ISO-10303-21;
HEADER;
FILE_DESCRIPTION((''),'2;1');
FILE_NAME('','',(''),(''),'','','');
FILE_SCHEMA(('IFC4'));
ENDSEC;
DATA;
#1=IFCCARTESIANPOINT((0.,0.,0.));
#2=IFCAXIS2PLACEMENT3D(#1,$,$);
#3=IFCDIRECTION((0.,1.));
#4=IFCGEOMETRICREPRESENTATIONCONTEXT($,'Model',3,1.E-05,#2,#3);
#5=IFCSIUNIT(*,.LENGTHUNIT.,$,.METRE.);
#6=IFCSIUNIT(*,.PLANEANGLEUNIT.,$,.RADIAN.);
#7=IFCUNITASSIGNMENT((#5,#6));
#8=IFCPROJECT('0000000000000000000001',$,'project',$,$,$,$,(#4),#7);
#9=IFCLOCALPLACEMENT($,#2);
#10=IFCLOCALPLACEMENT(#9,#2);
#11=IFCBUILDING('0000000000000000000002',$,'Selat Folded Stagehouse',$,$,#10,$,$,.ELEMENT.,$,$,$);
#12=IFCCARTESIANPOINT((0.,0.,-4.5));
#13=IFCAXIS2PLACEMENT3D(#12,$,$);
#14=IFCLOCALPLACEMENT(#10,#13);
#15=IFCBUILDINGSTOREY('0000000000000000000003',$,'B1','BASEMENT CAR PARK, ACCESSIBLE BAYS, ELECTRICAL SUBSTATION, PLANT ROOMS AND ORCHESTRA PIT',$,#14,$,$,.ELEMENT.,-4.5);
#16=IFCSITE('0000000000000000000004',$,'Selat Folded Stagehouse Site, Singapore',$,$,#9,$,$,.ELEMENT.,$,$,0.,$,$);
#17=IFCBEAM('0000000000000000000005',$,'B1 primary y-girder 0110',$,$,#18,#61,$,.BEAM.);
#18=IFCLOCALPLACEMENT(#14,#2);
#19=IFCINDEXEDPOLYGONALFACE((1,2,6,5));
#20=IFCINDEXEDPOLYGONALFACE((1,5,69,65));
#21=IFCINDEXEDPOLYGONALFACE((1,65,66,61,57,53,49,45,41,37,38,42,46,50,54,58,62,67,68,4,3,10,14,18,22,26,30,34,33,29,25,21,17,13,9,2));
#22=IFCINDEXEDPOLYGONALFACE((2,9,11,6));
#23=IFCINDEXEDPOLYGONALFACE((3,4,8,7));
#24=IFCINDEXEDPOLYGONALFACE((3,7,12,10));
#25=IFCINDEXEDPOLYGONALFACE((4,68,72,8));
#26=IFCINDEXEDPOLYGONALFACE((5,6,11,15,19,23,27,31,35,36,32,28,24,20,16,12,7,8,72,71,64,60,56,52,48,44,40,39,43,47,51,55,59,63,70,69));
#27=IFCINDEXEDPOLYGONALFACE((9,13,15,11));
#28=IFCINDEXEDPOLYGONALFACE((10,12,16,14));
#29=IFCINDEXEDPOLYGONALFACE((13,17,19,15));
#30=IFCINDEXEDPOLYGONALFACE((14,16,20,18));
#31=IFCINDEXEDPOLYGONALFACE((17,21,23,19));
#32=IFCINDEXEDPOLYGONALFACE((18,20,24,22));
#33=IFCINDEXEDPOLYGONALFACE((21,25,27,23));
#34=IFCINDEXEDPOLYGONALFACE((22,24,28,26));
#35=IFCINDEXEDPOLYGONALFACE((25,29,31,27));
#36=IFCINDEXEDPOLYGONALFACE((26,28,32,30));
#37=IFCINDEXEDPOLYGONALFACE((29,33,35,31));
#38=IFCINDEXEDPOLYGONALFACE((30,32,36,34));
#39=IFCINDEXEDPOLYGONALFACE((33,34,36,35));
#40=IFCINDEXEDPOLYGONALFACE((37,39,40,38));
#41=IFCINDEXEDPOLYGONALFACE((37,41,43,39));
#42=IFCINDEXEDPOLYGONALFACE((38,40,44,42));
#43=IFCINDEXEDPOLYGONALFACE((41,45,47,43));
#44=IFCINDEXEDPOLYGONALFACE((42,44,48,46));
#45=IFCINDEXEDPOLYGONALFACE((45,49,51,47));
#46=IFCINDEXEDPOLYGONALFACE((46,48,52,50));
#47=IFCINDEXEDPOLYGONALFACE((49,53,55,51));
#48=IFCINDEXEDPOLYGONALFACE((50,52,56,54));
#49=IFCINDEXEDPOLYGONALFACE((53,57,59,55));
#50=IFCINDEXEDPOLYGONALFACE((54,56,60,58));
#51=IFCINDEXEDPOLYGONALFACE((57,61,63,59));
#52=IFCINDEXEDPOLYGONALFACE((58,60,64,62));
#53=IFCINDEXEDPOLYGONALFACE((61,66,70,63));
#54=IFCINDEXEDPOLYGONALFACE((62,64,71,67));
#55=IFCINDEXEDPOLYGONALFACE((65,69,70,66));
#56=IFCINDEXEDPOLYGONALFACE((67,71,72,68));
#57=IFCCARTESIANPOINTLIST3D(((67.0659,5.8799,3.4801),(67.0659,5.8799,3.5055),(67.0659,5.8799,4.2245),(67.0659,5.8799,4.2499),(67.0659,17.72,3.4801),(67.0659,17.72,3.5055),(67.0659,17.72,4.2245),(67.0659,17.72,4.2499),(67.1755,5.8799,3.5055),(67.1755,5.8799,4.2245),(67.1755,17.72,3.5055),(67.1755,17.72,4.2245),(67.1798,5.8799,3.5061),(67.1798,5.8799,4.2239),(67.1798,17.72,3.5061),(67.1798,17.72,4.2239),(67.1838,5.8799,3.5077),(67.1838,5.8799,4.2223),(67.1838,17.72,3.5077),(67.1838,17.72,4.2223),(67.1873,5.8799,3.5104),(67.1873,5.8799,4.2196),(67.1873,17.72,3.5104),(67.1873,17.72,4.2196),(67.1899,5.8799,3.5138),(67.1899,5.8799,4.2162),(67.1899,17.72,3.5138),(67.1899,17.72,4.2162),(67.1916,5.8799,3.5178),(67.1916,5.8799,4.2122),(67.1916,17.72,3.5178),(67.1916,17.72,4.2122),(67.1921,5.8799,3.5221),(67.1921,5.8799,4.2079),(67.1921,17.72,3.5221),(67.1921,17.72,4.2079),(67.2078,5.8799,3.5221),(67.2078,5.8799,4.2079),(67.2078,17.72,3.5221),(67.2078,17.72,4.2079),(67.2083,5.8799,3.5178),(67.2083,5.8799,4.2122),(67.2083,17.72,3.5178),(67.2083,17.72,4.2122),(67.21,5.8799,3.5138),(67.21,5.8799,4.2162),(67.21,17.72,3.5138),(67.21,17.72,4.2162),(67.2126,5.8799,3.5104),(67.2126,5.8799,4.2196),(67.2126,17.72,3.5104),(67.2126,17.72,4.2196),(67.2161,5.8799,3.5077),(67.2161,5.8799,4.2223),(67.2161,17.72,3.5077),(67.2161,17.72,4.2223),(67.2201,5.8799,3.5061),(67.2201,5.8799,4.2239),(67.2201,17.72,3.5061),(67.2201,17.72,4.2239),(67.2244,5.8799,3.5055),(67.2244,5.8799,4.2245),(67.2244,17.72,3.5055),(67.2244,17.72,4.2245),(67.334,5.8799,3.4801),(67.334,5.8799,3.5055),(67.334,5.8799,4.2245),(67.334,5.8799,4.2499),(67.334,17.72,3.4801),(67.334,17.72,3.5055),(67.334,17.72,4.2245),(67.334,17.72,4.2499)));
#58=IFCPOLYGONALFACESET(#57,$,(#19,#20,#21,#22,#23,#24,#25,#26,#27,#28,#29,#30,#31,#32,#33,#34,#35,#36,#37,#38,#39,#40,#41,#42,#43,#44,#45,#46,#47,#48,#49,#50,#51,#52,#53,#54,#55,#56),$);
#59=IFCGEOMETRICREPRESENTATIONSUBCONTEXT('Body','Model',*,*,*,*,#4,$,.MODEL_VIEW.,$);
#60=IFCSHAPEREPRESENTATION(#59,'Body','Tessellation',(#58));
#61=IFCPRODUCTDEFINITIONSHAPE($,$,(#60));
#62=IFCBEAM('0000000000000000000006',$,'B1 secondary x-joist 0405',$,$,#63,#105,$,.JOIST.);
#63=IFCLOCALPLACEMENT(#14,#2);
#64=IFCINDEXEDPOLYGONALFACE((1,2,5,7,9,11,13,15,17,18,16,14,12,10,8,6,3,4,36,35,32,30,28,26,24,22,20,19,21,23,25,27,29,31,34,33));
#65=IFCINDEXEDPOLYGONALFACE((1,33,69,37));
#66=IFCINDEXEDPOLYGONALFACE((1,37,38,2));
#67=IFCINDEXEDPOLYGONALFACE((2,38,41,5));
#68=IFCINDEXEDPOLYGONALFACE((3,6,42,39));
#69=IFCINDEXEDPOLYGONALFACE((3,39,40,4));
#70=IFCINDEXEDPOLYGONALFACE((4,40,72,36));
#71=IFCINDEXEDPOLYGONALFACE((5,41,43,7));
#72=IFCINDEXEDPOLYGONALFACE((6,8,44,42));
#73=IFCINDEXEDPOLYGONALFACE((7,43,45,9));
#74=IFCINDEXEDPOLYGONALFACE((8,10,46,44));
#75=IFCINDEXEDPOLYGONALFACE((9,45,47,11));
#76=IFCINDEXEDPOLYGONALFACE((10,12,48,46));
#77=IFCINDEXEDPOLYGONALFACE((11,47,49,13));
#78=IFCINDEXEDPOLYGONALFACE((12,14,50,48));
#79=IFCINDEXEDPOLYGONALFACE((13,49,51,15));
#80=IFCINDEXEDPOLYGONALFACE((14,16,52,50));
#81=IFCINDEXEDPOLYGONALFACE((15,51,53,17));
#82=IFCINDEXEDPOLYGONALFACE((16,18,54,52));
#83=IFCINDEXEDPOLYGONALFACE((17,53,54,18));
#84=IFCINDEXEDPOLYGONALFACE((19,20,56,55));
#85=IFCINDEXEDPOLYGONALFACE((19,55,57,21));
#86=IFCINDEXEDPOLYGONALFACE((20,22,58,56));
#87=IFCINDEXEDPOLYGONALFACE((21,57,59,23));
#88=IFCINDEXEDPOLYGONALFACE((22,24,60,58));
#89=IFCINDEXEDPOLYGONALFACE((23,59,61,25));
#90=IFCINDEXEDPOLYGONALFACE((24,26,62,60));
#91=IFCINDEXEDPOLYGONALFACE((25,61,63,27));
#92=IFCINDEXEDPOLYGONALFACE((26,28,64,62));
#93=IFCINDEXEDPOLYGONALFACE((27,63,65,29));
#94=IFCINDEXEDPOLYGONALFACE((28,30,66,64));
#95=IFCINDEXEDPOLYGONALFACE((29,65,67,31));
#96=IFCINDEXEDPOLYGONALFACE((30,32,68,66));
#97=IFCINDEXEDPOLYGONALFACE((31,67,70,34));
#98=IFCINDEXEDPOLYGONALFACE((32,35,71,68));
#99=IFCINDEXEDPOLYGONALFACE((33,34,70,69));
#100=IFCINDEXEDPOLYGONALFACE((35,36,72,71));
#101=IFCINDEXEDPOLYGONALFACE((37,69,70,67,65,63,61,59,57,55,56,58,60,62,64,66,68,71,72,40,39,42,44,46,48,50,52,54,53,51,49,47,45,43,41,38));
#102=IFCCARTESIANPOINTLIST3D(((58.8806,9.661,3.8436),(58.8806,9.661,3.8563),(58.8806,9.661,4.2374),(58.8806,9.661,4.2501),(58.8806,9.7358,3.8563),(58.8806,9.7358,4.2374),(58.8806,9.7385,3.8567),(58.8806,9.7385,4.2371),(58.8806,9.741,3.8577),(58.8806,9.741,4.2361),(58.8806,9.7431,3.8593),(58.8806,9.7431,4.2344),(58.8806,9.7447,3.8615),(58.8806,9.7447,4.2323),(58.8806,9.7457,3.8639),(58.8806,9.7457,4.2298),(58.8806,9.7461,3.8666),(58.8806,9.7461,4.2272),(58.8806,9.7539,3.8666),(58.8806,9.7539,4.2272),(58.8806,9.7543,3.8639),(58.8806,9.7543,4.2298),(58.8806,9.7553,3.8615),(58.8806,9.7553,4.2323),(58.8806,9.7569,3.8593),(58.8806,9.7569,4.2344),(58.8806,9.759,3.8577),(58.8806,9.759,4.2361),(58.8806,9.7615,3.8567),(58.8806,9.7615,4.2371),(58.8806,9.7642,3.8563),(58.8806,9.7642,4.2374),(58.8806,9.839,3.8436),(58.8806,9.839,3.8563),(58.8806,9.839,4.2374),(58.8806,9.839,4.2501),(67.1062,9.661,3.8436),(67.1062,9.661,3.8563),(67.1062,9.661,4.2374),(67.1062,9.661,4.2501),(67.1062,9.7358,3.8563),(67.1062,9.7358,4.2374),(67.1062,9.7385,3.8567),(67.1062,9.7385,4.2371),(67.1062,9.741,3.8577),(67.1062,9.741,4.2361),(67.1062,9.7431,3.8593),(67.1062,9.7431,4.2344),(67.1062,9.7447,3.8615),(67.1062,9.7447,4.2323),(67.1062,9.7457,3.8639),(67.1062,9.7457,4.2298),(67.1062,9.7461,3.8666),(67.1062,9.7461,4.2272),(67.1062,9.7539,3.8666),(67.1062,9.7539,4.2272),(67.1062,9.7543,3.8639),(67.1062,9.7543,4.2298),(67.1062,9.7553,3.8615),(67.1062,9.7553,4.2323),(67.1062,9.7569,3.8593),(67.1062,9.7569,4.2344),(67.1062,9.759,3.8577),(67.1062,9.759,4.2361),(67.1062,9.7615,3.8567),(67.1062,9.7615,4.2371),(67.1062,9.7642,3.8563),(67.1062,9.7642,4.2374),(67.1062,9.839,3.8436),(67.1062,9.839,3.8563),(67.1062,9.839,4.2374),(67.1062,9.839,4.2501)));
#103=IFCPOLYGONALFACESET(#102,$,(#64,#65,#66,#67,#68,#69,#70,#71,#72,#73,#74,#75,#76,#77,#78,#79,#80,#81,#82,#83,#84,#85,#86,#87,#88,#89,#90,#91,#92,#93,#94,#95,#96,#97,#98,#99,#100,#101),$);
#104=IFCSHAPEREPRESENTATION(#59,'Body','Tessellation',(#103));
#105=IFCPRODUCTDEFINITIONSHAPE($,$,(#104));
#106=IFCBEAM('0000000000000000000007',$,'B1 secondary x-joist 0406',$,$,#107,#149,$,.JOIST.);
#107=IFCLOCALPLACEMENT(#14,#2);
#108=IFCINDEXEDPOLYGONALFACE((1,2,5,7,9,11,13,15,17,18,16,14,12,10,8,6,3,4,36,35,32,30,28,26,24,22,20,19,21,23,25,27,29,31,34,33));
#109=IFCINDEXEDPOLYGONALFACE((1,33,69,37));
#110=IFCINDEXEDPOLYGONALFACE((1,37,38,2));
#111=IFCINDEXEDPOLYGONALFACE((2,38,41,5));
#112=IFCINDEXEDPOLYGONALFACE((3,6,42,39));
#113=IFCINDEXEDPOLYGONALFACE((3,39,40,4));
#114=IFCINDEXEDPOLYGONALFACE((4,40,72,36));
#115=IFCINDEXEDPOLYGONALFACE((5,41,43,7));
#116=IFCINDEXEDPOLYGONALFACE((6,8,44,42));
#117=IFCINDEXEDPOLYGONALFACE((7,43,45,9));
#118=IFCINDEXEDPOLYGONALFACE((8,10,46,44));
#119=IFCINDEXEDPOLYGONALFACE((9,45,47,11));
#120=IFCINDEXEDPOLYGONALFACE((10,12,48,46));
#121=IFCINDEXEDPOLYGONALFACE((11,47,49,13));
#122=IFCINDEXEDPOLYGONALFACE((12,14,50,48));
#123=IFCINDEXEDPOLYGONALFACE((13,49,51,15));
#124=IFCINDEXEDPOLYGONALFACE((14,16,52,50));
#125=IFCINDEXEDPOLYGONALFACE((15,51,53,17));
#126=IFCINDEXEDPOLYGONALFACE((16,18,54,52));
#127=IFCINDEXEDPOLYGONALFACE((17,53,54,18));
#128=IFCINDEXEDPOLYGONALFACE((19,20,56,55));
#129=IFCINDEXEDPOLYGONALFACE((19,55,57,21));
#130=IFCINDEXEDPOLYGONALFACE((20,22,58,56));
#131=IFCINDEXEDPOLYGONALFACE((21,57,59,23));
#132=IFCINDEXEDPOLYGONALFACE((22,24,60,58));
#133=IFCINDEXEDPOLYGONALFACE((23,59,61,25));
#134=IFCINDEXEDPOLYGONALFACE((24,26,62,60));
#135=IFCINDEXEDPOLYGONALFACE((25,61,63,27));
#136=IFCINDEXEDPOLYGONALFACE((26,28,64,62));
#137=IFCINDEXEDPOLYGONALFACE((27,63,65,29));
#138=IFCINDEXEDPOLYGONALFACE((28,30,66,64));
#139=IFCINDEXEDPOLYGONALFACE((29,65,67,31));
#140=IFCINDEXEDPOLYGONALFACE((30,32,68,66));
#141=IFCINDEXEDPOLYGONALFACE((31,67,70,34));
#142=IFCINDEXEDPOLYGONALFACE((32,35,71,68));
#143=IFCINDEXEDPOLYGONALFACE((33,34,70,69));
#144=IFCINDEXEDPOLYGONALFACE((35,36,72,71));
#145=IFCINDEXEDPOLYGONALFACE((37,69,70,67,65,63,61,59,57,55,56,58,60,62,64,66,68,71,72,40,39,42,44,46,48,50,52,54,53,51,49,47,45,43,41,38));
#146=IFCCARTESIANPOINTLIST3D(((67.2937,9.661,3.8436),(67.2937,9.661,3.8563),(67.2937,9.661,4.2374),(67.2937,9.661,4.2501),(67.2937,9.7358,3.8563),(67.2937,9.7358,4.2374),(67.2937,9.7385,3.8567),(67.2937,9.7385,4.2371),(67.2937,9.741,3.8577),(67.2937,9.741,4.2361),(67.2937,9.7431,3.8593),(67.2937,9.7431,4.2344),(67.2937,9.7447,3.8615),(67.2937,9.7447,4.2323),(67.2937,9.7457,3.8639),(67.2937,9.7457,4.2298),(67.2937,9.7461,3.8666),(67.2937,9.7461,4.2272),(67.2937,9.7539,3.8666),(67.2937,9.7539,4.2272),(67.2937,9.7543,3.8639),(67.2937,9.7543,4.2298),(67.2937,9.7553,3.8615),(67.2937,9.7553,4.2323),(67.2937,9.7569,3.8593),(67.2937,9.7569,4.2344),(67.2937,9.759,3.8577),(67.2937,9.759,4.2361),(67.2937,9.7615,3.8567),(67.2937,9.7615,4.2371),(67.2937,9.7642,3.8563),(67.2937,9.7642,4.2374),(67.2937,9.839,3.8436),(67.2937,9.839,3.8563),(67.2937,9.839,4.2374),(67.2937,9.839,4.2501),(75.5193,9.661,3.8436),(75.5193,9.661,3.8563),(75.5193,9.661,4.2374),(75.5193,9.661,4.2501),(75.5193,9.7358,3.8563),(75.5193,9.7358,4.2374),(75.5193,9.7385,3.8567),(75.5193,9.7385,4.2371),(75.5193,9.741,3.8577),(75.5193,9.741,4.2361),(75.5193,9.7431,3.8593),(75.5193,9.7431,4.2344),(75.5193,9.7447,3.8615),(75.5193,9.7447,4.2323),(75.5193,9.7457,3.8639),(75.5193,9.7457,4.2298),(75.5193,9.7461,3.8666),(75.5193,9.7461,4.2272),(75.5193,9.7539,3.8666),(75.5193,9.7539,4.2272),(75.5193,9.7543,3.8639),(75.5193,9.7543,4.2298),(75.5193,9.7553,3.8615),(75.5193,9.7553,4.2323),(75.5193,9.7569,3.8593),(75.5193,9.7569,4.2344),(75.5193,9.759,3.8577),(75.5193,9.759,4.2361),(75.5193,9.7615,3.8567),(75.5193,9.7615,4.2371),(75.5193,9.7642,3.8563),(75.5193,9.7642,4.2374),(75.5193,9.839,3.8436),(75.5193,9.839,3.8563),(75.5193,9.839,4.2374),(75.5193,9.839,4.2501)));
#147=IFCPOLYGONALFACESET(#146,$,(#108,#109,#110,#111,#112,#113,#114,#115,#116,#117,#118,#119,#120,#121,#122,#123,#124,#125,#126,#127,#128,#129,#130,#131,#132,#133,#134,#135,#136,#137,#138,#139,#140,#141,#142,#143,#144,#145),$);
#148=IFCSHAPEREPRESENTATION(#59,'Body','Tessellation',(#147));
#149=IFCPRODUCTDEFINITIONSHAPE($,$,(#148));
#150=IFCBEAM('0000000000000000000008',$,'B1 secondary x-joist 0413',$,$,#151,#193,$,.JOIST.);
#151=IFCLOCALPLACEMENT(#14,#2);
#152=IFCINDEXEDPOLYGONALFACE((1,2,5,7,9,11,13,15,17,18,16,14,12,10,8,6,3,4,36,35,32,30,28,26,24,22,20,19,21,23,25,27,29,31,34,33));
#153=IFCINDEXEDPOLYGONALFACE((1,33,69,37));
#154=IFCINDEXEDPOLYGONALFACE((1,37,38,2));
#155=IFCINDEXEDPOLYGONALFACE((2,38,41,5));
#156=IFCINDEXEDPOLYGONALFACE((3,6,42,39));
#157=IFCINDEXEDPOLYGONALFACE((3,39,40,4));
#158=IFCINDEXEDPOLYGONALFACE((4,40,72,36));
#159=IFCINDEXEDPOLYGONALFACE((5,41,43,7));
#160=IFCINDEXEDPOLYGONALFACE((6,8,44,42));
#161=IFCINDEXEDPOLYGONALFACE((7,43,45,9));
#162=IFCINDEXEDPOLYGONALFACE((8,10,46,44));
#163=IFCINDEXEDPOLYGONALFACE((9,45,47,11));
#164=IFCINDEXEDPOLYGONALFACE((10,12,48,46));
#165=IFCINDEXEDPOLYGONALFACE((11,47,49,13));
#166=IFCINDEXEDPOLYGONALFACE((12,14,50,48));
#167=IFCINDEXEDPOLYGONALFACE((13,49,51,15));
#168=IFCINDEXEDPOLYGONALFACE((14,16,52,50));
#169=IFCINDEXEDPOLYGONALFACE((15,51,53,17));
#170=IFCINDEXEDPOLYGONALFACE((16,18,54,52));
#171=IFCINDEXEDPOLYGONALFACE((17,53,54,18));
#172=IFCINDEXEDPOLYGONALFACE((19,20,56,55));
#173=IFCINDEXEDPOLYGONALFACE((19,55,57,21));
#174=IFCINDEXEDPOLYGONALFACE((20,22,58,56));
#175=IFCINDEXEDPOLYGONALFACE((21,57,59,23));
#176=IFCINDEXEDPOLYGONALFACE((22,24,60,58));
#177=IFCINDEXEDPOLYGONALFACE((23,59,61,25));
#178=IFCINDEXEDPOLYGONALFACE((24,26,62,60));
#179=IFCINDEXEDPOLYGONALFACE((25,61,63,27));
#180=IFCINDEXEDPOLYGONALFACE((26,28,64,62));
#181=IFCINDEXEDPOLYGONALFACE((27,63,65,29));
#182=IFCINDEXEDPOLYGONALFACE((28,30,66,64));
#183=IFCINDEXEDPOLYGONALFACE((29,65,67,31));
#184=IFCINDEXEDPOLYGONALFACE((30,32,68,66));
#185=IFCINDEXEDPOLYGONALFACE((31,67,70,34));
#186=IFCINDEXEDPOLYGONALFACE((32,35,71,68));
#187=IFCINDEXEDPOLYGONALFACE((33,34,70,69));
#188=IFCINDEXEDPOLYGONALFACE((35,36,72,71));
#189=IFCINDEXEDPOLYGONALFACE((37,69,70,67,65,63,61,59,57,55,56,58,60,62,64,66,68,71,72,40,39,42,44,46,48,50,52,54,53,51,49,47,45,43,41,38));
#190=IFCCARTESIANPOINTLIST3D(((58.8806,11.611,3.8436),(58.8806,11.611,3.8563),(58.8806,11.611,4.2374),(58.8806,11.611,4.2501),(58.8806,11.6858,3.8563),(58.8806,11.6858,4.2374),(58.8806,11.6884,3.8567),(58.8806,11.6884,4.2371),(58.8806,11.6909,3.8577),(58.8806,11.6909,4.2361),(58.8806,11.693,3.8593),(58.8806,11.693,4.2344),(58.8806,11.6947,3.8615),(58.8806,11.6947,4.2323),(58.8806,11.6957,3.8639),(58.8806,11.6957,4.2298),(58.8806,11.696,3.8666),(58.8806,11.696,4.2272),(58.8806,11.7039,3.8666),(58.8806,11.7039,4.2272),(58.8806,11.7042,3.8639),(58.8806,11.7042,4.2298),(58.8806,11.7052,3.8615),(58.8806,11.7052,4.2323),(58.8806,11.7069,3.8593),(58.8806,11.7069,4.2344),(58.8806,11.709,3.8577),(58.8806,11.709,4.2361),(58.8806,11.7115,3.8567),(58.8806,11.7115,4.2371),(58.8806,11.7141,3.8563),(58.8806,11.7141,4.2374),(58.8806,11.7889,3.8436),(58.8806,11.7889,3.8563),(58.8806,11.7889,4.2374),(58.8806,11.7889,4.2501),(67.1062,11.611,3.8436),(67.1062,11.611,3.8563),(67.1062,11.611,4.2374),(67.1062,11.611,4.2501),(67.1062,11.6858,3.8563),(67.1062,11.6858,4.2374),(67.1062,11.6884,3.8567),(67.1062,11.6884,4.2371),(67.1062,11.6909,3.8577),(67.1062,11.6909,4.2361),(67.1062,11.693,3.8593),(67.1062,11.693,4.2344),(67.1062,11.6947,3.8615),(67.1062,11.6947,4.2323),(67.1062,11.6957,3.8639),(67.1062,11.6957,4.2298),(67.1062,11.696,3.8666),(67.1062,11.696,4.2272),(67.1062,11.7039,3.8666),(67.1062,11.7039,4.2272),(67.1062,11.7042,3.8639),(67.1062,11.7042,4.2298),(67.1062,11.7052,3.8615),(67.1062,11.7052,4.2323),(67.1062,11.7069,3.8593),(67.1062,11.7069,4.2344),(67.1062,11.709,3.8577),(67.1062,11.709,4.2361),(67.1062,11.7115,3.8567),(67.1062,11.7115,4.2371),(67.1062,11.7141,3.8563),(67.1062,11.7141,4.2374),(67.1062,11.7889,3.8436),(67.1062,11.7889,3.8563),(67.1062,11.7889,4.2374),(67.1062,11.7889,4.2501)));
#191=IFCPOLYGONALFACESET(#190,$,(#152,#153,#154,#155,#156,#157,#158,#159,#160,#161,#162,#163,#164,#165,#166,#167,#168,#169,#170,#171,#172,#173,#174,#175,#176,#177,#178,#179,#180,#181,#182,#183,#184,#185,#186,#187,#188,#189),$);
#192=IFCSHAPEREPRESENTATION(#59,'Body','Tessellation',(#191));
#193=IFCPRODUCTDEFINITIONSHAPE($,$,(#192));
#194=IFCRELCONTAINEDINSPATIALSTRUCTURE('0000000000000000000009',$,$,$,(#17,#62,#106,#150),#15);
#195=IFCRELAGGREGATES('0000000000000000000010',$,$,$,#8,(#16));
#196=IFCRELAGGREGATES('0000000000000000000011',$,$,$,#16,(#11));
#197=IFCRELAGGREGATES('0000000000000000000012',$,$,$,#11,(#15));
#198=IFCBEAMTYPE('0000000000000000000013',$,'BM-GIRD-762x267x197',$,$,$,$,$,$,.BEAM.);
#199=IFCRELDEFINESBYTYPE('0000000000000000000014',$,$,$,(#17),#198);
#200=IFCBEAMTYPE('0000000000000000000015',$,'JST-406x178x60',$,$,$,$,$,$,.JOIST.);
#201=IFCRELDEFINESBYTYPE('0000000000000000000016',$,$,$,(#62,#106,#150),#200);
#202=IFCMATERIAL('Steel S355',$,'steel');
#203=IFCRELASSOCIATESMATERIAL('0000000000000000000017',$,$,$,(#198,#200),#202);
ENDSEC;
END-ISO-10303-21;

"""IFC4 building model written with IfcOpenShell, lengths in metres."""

from ifc_helpers import new_model, si_unit, direction, frame, origin, origin_2d, place, context, subcontext, project, spatial, i_section, extrude, material, material_profile, profile_set, type_object, element, save


model = new_model("IFC4")

# Units and contexts
model_context = context("Model", 3, precision=1e-05, world=origin(), true_north=direction((0.0, 1.0)))
body_context = subcontext(model_context, "Body", "Model", "MODEL_VIEW")
ifc_project = project(units=[si_unit("LENGTHUNIT", "METRE"), si_unit("PLANEANGLEUNIT", "RADIAN")], contexts=[model_context])

# Site, building, storey
site_placement = place(None, origin())
site = spatial("IfcSite", under=ifc_project, at=site_placement, Name="Selat Folded Stagehouse Site, Singapore", CompositionType="ELEMENT", RefElevation=0.0)
building_placement = place(site_placement, origin())
building = spatial("IfcBuilding", under=site, at=building_placement, Name="Selat Folded Stagehouse", CompositionType="ELEMENT")
storey_placement = place(building_placement, frame((0.0, 0.0, -4.5)))
storey = spatial("IfcBuildingStorey", under=building, at=storey_placement, Name="B1", Description="BASEMENT CAR PARK, ACCESSIBLE BAYS, ELECTRICAL SUBSTATION, PLANT ROOMS AND ORCHESTRA PIT", CompositionType="ELEMENT", Elevation=-4.5)

# Shared definitions
ifc_material_1 = material(Name="Steel S355", Category="steel")

# Beams
ifc_material_profile_1 = material_profile(ifc_material_1, i_section(OverallWidth=0.2681, OverallDepth=0.7698, WebThickness=0.0156, FlangeThickness=0.0254, FilletRadius=0.0166, at=origin_2d()), Name="UKB 762x267x197")
ifc_profile_set_1 = profile_set([ifc_material_profile_1], Name="Steel S355")
beam_type_1 = type_object("IfcBeamType", Name="BM-GIRD-762x267x197", PredefinedType="BEAM", material=ifc_profile_set_1)
beam_1_placement = place(storey_placement, frame((67.2, 5.8799, 3.865), z_axis=(0.0, 1.0, 0.0), x_axis=(-1.0, 0.0, 0.0)))
element("IfcBeam", 1, at=beam_1_placement, inside=storey, type_object=beam_type_1, Name="B1 primary y-girder 0110", PredefinedType="BEAM", context=body_context, shape_type="SweptSolid", body=[
    extrude(i_section(OverallWidth=0.2681, OverallDepth=0.7698, WebThickness=0.0156, FlangeThickness=0.0254, FilletRadius=0.0166, at=origin_2d()), origin(), (0.0, 0.0, 1.0), 11.8401),
])
ifc_material_profile_2 = material_profile(ifc_material_1, i_section(OverallWidth=0.178, OverallDepth=0.4065, WebThickness=0.0078, FlangeThickness=0.0127, FilletRadius=0.0103, at=origin_2d()), Name="UKB 406x178x60")
ifc_profile_set_2 = profile_set([ifc_material_profile_2], Name="Steel S355")
beam_type_2 = type_object("IfcBeamType", Name="JST-406x178x60", PredefinedType="JOIST", material=ifc_profile_set_2)
for number, where, z_axis, x_axis, name in (
    (2, (58.8806, 9.75, 4.0469), (1.0, 0.0, 0.0), (0.0, 1.0, 0.0), "B1 secondary x-joist 0405"),
    (3, (67.2937, 9.75, 4.0469), (1.0, 0.0, 0.0), (0.0, 1.0, 0.0), "B1 secondary x-joist 0406"),
    (4, (58.8806, 11.7, 4.0469), (1.0, 0.0, 0.0), (0.0, 1.0, 0.0), "B1 secondary x-joist 0413"),
):
    element("IfcBeam", number, at=place(storey_placement, frame(where, z_axis=z_axis, x_axis=x_axis)), inside=storey, type_object=beam_type_2, Name=name, PredefinedType="JOIST", context=body_context, shape_type="SweptSolid", body=[
        extrude(i_section(OverallWidth=0.178, OverallDepth=0.4065, WebThickness=0.0078, FlangeThickness=0.0127, FilletRadius=0.0103, at=origin_2d()), origin(), (0.0, 0.0, 1.0), 8.2256),
    ])

save(model, "model.ifc")
